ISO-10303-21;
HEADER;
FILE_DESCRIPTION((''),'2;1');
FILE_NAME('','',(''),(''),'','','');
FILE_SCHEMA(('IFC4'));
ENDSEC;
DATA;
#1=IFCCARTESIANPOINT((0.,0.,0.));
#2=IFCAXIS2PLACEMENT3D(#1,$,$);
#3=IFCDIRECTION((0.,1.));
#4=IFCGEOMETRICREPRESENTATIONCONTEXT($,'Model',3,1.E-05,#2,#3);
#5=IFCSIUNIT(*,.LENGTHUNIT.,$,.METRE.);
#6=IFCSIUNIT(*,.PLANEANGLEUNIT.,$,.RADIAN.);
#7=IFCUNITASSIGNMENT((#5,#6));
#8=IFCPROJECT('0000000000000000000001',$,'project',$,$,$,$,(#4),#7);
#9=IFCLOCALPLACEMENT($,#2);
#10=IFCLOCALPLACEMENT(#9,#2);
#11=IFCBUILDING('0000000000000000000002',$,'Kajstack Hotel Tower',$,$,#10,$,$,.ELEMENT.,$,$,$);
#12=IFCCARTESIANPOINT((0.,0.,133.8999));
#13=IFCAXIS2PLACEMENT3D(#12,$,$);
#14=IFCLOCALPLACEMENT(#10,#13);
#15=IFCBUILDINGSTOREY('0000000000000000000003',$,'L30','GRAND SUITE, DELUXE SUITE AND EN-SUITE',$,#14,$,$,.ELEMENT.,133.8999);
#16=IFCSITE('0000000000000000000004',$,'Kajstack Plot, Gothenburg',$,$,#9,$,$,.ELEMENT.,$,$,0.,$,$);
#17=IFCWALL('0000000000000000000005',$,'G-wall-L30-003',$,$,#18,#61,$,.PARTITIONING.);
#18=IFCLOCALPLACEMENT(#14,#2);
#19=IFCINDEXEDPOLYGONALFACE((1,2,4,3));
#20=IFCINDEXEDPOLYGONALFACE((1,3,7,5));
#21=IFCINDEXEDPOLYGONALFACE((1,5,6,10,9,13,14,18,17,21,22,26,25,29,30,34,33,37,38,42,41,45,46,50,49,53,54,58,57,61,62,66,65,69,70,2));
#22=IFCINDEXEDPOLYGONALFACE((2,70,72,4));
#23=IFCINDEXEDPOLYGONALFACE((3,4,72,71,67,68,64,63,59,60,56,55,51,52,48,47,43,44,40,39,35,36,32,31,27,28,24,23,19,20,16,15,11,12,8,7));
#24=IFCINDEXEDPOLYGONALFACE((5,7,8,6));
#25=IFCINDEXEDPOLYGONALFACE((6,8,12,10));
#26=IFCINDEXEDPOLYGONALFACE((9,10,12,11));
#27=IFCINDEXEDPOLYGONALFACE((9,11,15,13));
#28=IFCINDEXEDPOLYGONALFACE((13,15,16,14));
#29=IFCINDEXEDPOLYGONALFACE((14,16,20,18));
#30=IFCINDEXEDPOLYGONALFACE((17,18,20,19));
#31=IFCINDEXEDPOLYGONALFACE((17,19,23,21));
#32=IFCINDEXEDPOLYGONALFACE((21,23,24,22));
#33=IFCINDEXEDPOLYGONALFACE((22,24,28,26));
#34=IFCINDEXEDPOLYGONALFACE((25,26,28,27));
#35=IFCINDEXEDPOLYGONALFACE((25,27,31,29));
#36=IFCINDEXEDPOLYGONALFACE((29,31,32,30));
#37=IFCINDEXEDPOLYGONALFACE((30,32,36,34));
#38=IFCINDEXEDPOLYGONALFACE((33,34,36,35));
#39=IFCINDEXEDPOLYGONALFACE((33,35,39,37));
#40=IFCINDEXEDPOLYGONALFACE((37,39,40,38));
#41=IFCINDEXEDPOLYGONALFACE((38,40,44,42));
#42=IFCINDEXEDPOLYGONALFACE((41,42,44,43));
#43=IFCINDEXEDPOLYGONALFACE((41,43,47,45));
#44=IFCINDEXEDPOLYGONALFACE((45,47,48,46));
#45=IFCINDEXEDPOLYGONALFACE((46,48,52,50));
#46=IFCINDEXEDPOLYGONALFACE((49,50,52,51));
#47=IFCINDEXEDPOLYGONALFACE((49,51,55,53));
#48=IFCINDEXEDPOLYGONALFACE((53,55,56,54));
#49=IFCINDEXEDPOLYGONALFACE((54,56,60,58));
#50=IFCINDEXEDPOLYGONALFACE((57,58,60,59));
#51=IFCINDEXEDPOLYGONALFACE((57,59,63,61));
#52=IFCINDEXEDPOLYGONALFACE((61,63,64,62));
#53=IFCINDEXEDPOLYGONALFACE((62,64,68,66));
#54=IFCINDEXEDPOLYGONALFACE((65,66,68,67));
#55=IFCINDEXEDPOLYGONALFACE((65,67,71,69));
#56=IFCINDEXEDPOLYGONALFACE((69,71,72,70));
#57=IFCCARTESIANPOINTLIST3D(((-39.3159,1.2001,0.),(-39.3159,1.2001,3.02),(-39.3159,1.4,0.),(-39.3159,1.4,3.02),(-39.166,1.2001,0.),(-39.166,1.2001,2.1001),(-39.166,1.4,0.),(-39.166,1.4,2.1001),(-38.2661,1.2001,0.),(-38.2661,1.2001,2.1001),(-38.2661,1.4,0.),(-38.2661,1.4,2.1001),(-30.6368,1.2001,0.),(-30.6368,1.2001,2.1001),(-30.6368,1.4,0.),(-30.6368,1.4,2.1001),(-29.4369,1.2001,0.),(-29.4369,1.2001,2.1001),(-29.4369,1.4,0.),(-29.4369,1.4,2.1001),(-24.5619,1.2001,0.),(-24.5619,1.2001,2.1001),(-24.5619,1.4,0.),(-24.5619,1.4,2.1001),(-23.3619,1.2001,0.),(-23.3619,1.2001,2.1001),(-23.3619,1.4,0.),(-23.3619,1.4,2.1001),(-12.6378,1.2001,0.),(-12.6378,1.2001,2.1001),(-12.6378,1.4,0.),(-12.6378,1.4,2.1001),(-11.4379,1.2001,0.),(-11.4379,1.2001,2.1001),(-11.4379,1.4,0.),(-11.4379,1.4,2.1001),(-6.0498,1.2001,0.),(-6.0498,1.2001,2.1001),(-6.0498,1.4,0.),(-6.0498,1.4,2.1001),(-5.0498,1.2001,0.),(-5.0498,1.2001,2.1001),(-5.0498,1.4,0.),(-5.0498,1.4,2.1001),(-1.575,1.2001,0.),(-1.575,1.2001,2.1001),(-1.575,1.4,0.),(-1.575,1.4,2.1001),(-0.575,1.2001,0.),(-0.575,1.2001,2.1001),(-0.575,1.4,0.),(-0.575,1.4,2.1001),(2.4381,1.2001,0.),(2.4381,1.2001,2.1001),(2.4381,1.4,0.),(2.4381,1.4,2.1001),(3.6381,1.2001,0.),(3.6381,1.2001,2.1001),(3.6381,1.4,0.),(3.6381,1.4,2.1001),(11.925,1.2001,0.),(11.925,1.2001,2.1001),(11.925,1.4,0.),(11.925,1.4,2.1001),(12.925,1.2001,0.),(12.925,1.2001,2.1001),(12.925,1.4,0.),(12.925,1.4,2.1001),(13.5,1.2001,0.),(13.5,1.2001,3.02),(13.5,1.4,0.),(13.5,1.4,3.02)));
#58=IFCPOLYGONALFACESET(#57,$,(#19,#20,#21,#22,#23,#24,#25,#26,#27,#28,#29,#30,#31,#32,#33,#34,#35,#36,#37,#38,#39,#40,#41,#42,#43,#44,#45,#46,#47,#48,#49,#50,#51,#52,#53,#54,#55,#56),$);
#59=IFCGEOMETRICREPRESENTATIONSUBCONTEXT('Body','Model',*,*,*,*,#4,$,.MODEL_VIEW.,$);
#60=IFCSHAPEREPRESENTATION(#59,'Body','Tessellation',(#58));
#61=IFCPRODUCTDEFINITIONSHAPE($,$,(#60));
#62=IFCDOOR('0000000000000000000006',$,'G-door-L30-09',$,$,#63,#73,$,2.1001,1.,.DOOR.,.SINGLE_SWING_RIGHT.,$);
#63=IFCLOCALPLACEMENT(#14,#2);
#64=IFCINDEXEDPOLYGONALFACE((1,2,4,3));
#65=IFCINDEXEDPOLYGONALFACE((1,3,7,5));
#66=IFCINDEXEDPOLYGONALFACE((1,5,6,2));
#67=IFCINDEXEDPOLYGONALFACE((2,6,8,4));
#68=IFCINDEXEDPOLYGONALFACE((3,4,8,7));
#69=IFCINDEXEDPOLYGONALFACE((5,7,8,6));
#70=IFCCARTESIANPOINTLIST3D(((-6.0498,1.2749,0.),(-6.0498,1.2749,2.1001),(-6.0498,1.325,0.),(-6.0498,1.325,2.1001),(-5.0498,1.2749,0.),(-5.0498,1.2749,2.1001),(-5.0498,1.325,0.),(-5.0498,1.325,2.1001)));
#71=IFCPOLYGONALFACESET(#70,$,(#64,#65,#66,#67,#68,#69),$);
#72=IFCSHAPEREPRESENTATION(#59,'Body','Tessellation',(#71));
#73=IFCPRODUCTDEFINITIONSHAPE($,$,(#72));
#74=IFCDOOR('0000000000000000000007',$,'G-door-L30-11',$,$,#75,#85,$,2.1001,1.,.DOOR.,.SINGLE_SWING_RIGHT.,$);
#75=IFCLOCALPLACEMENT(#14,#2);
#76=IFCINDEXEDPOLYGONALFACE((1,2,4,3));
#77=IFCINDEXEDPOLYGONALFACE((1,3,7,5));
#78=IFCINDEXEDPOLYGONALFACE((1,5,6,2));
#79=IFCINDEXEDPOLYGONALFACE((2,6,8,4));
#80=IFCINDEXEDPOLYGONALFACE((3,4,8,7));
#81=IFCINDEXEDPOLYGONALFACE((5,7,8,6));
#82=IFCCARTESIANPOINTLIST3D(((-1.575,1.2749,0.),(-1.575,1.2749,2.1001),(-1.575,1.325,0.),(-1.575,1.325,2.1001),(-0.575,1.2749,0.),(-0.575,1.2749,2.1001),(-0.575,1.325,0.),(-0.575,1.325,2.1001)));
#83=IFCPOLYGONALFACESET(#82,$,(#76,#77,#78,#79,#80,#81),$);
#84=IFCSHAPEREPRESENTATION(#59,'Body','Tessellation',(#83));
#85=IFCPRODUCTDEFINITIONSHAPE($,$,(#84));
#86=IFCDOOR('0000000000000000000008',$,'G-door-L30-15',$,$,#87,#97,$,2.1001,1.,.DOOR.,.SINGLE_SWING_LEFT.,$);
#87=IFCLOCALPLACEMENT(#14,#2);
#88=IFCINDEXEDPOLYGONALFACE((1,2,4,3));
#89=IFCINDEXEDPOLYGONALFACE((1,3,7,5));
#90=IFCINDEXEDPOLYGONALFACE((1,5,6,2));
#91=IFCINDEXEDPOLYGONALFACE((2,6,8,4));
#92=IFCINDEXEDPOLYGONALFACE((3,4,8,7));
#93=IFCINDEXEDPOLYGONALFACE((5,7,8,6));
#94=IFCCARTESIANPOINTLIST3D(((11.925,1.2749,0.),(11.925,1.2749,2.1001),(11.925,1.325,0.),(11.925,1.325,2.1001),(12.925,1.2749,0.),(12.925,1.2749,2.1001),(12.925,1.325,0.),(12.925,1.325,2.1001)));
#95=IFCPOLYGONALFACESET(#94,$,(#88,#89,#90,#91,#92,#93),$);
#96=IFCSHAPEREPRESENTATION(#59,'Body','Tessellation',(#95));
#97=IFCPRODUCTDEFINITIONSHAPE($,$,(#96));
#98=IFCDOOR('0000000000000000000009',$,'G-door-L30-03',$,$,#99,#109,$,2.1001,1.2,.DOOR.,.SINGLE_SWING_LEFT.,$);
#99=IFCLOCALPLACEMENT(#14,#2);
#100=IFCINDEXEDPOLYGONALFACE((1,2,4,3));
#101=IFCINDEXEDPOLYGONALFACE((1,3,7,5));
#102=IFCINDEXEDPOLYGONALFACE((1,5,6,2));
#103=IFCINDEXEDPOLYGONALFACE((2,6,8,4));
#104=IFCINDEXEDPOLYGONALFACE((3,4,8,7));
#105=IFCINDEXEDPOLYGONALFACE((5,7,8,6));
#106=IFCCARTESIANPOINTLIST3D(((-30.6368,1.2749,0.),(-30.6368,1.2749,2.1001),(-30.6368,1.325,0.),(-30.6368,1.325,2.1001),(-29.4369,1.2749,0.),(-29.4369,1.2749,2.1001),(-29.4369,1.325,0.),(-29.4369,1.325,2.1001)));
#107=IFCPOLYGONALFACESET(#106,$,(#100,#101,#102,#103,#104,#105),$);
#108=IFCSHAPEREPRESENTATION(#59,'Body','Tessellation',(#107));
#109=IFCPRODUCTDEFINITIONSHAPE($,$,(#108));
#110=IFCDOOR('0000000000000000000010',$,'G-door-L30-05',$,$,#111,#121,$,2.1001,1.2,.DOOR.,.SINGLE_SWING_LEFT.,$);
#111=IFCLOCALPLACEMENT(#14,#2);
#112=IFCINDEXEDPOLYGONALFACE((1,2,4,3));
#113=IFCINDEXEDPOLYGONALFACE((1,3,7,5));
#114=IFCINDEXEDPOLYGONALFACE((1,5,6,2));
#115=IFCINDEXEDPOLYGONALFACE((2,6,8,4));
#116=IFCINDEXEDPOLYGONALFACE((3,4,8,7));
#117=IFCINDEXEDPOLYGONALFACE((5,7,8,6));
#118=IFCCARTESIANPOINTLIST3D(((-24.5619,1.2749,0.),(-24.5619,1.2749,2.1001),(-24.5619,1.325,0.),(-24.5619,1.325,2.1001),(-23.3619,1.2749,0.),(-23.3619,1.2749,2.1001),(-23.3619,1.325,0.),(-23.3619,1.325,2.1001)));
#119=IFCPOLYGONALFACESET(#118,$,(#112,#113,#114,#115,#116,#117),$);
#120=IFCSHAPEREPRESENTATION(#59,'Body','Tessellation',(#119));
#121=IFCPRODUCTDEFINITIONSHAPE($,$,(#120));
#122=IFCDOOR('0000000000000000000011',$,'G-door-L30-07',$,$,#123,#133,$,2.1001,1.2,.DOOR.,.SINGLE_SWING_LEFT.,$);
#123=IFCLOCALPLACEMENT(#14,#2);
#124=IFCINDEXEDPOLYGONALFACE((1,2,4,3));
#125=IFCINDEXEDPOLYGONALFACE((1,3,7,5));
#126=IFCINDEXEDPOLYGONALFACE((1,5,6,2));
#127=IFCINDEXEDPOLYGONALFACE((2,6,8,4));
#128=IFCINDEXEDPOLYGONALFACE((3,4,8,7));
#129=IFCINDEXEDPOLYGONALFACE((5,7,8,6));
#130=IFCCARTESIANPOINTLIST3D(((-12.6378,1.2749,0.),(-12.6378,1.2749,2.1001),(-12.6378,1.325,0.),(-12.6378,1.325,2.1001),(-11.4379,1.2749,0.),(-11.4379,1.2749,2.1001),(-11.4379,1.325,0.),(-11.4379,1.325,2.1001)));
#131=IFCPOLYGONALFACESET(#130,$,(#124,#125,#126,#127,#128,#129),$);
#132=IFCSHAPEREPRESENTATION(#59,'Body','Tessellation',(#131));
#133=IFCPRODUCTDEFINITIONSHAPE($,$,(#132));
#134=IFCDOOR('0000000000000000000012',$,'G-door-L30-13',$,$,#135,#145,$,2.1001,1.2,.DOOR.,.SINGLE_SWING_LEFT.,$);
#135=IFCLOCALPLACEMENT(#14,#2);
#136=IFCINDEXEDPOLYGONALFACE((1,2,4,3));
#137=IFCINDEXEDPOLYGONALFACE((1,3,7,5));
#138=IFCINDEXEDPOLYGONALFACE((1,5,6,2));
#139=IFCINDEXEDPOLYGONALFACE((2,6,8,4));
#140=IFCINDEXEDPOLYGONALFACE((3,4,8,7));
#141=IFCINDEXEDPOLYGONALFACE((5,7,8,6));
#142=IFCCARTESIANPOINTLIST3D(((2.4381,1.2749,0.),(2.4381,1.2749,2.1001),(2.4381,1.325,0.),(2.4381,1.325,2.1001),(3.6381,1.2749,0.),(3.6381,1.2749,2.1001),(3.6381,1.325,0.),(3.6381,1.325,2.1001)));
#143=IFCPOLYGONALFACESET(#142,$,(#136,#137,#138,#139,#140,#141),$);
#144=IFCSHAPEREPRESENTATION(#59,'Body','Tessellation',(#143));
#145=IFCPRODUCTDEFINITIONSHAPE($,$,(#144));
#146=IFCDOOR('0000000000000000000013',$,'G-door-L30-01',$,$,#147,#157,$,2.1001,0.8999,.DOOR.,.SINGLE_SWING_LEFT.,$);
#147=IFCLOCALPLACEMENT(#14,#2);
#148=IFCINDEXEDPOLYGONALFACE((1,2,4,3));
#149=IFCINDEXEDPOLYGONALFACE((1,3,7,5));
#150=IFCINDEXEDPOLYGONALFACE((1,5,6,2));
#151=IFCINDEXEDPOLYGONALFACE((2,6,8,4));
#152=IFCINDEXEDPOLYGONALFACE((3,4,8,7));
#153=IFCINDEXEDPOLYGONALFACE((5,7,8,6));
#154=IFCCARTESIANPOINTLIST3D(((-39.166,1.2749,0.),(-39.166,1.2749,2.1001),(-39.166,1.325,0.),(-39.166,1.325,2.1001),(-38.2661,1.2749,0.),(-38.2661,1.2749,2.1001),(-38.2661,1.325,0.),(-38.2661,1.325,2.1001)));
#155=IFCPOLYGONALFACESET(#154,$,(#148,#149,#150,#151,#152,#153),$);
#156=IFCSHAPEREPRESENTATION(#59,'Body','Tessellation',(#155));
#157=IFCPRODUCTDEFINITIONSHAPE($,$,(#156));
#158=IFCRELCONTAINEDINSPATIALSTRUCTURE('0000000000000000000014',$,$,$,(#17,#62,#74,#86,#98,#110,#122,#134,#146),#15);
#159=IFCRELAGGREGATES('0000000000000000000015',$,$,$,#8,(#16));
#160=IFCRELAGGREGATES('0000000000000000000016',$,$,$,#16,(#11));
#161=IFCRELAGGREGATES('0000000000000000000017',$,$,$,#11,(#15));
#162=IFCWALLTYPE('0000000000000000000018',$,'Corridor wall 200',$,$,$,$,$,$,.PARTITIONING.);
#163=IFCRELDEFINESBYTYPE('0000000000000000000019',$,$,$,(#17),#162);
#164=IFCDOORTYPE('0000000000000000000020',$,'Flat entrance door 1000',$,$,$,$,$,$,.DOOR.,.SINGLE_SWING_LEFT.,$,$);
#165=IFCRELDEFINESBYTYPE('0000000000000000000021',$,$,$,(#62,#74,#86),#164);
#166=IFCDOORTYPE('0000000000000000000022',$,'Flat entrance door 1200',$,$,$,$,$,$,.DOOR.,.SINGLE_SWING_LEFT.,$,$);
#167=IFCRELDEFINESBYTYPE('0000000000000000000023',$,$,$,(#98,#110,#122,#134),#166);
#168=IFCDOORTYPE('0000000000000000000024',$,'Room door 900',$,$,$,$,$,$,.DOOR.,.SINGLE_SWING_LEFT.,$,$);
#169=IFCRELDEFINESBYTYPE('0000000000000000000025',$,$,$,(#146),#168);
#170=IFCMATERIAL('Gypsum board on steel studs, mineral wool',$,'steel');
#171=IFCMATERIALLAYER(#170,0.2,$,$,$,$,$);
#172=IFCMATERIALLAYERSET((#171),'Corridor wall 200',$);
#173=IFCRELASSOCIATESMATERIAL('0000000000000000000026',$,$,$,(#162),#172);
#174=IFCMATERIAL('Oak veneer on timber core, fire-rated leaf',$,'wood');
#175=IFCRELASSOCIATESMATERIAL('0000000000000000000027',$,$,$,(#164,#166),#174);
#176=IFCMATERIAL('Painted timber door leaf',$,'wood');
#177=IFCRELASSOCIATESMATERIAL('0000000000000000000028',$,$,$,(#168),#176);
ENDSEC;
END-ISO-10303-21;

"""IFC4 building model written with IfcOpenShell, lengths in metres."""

from ifc_helpers import new_model, si_unit, direction, frame, frame_2d, origin, place, context, subcontext, project, spatial, rectangle, extrude, material, layer, layer_set, type_object, element, fill, save


model = new_model("IFC4")

# Units and contexts
model_context = context("Model", 3, precision=1e-05, world=origin(), true_north=direction((0.0, 1.0)))
body_context = subcontext(model_context, "Body", "Model", "MODEL_VIEW")
ifc_project = project(units=[si_unit("LENGTHUNIT", "METRE"), si_unit("PLANEANGLEUNIT", "RADIAN")], contexts=[model_context])

# Site, building, storey
site_placement = place(None, origin())
site = spatial("IfcSite", under=ifc_project, at=site_placement, Name="Kajstack Plot, Gothenburg", CompositionType="ELEMENT", RefElevation=0.0)
building_placement = place(site_placement, origin())
building = spatial("IfcBuilding", under=site, at=building_placement, Name="Kajstack Hotel Tower", CompositionType="ELEMENT")
storey_placement = place(building_placement, frame((0.0, 0.0, 133.8999)))
storey = spatial("IfcBuildingStorey", under=building, at=storey_placement, Name="L30", Description="GRAND SUITE, DELUXE SUITE AND EN-SUITE", CompositionType="ELEMENT", Elevation=133.8999)

# Wall, openings, doors
ifc_material_1 = material(Name="Gypsum board on steel studs, mineral wool", Category="steel")
ifc_layer_1 = layer(ifc_material_1, 0.2)
ifc_layer_set_1 = layer_set([ifc_layer_1], Name="Corridor wall 200")
wall_type_1 = type_object("IfcWallType", Name="Corridor wall 200", PredefinedType="PARTITIONING", material=ifc_layer_set_1)
wall_1_placement = place(storey_placement, frame((-39.3159, 1.3, 0.0), z_axis=(0.0, 0.0, 1.0), x_axis=(1.0, 0.0, 0.0)))
wall_1 = element("IfcWall", 1, at=wall_1_placement, inside=storey, type_object=wall_type_1, Name="G-wall-L30-003", PredefinedType="PARTITIONING", context=body_context, shape_type="SweptSolid", body=[
    extrude(rectangle(XDim=52.8159, YDim=0.2, at=frame_2d((26.408, 0.0))), origin(), (0.0, 0.0, 1.0), 3.02),
])
opening_1_placement = place(wall_1_placement, frame((0.1499, 0.0, 0.0)))
opening_1 = element("IfcOpeningElement", 2, at=opening_1_placement, cuts=wall_1, PredefinedType="OPENING", context=body_context, shape_type="SweptSolid", body=[
    extrude(rectangle(XDim=0.8999, YDim=2.1001, at=frame_2d((0.45, 1.05))), frame((0.0, 0.1099, 0.0), z_axis=(0.0, -1.0, 0.0), x_axis=(1.0, 0.0, 0.0)), (0.0, 0.0, 1.0), 0.22),
])
opening_2_placement = place(wall_1_placement, frame((8.679, 0.0, 0.0)))
opening_2 = element("IfcOpeningElement", 3, at=opening_2_placement, cuts=wall_1, PredefinedType="OPENING", context=body_context, shape_type="SweptSolid", body=[
    extrude(rectangle(XDim=1.2, YDim=2.1001, at=frame_2d((0.6001, 1.05))), frame((0.0, 0.1099, 0.0), z_axis=(0.0, -1.0, 0.0), x_axis=(1.0, 0.0, 0.0)), (0.0, 0.0, 1.0), 0.22),
])
opening_3_placement = place(wall_1_placement, frame((14.7539, 0.0, 0.0)))
opening_3 = element("IfcOpeningElement", 4, at=opening_3_placement, cuts=wall_1, PredefinedType="OPENING", context=body_context, shape_type="SweptSolid", body=[
    extrude(rectangle(XDim=1.2, YDim=2.1001, at=frame_2d((0.6001, 1.05))), frame((0.0, 0.1099, 0.0), z_axis=(0.0, -1.0, 0.0), x_axis=(1.0, 0.0, 0.0)), (0.0, 0.0, 1.0), 0.22),
])
opening_4_placement = place(wall_1_placement, frame((26.678, 0.0, 0.0)))
opening_4 = element("IfcOpeningElement", 5, at=opening_4_placement, cuts=wall_1, PredefinedType="OPENING", context=body_context, shape_type="SweptSolid", body=[
    extrude(rectangle(XDim=1.2, YDim=2.1001, at=frame_2d((0.6001, 1.05))), frame((0.0, 0.1099, 0.0), z_axis=(0.0, -1.0, 0.0), x_axis=(1.0, 0.0, 0.0)), (0.0, 0.0, 1.0), 0.22),
])
opening_5_placement = place(wall_1_placement, frame((33.2661, 0.0, 0.0)))
opening_5 = element("IfcOpeningElement", 6, at=opening_5_placement, cuts=wall_1, PredefinedType="OPENING", context=body_context, shape_type="SweptSolid", body=[
    extrude(rectangle(XDim=1.0, YDim=2.1001, at=frame_2d((0.5, 1.05))), frame((0.0, 0.1099, 0.0), z_axis=(0.0, -1.0, 0.0), x_axis=(1.0, 0.0, 0.0)), (0.0, 0.0, 1.0), 0.22),
])
opening_6_placement = place(wall_1_placement, frame((37.741, 0.0, 0.0)))
opening_6 = element("IfcOpeningElement", 7, at=opening_6_placement, cuts=wall_1, PredefinedType="OPENING", context=body_context, shape_type="SweptSolid", body=[
    extrude(rectangle(XDim=1.0, YDim=2.1001, at=frame_2d((0.5, 1.05))), frame((0.0, 0.1099, 0.0), z_axis=(0.0, -1.0, 0.0), x_axis=(1.0, 0.0, 0.0)), (0.0, 0.0, 1.0), 0.22),
])
opening_7_placement = place(wall_1_placement, frame((41.7539, 0.0, 0.0)))
opening_7 = element("IfcOpeningElement", 8, at=opening_7_placement, cuts=wall_1, PredefinedType="OPENING", context=body_context, shape_type="SweptSolid", body=[
    extrude(rectangle(XDim=1.2, YDim=2.1001, at=frame_2d((0.6001, 1.05))), frame((0.0, 0.1099, 0.0), z_axis=(0.0, -1.0, 0.0), x_axis=(1.0, 0.0, 0.0)), (0.0, 0.0, 1.0), 0.22),
])
opening_8_placement = place(wall_1_placement, frame((51.241, 0.0, 0.0)))
opening_8 = element("IfcOpeningElement", 9, at=opening_8_placement, cuts=wall_1, PredefinedType="OPENING", context=body_context, shape_type="SweptSolid", body=[
    extrude(rectangle(XDim=1.0, YDim=2.1001, at=frame_2d((0.5, 1.05))), frame((0.0, 0.1099, 0.0), z_axis=(0.0, -1.0, 0.0), x_axis=(1.0, 0.0, 0.0)), (0.0, 0.0, 1.0), 0.22),
])
ifc_material_2 = material(Name="Oak veneer on timber core, fire-rated leaf", Category="wood")
door_type_1 = type_object("IfcDoorType", Name="Flat entrance door 1000", OperationType="SINGLE_SWING_LEFT", PredefinedType="DOOR", material=ifc_material_2)
door_1_placement = place(opening_5_placement, origin())
door_1 = element("IfcDoor", 10, at=door_1_placement, inside=storey, type_object=door_type_1, Name="G-door-L30-09", OperationType="SINGLE_SWING_RIGHT", OverallHeight=2.1001, OverallWidth=1.0, PredefinedType="DOOR", context=body_context, shape_type="SweptSolid", body=[
    extrude(rectangle(XDim=1.0, YDim=2.1001, at=frame_2d((0.5, 1.05))), frame((0.0, 0.0249, 0.0), z_axis=(0.0, -1.0, 0.0), x_axis=(1.0, 0.0, 0.0)), (0.0, 0.0, 1.0), 0.05),
])
fill(opening_5, door_1)
door_2_placement = place(opening_6_placement, origin())
door_2 = element("IfcDoor", 11, at=door_2_placement, inside=storey, type_object=door_type_1, Name="G-door-L30-11", OperationType="SINGLE_SWING_RIGHT", OverallHeight=2.1001, OverallWidth=1.0, PredefinedType="DOOR", context=body_context, shape_type="SweptSolid", body=[
    extrude(rectangle(XDim=1.0, YDim=2.1001, at=frame_2d((0.5, 1.05))), frame((0.0, 0.0249, 0.0), z_axis=(0.0, -1.0, 0.0), x_axis=(1.0, 0.0, 0.0)), (0.0, 0.0, 1.0), 0.05),
])
fill(opening_6, door_2)
door_3_placement = place(opening_8_placement, origin())
door_3 = element("IfcDoor", 12, at=door_3_placement, inside=storey, type_object=door_type_1, Name="G-door-L30-15", OperationType="SINGLE_SWING_LEFT", OverallHeight=2.1001, OverallWidth=1.0, PredefinedType="DOOR", context=body_context, shape_type="SweptSolid", body=[
    extrude(rectangle(XDim=1.0, YDim=2.1001, at=frame_2d((0.5, 1.05))), frame((0.0, 0.0249, 0.0), z_axis=(0.0, -1.0, 0.0), x_axis=(1.0, 0.0, 0.0)), (0.0, 0.0, 1.0), 0.05),
])
fill(opening_8, door_3)
door_type_2 = type_object("IfcDoorType", Name="Flat entrance door 1200", OperationType="SINGLE_SWING_LEFT", PredefinedType="DOOR", material=ifc_material_2)
door_4_placement = place(opening_2_placement, origin())
door_4 = element("IfcDoor", 13, at=door_4_placement, inside=storey, type_object=door_type_2, Name="G-door-L30-03", OperationType="SINGLE_SWING_LEFT", OverallHeight=2.1001, OverallWidth=1.2, PredefinedType="DOOR", context=body_context, shape_type="SweptSolid", body=[
    extrude(rectangle(XDim=1.2, YDim=2.1001, at=frame_2d((0.6001, 1.05))), frame((0.0, 0.0249, 0.0), z_axis=(0.0, -1.0, 0.0), x_axis=(1.0, 0.0, 0.0)), (0.0, 0.0, 1.0), 0.05),
])
fill(opening_2, door_4)
door_5_placement = place(opening_3_placement, origin())
door_5 = element("IfcDoor", 14, at=door_5_placement, inside=storey, type_object=door_type_2, Name="G-door-L30-05", OperationType="SINGLE_SWING_LEFT", OverallHeight=2.1001, OverallWidth=1.2, PredefinedType="DOOR", context=body_context, shape_type="SweptSolid", body=[
    extrude(rectangle(XDim=1.2, YDim=2.1001, at=frame_2d((0.6001, 1.05))), frame((0.0, 0.0249, 0.0), z_axis=(0.0, -1.0, 0.0), x_axis=(1.0, 0.0, 0.0)), (0.0, 0.0, 1.0), 0.05),
])
fill(opening_3, door_5)
door_6_placement = place(opening_4_placement, origin())
door_6 = element("IfcDoor", 15, at=door_6_placement, inside=storey, type_object=door_type_2, Name="G-door-L30-07", OperationType="SINGLE_SWING_LEFT", OverallHeight=2.1001, OverallWidth=1.2, PredefinedType="DOOR", context=body_context, shape_type="SweptSolid", body=[
    extrude(rectangle(XDim=1.2, YDim=2.1001, at=frame_2d((0.6001, 1.05))), frame((0.0, 0.0249, 0.0), z_axis=(0.0, -1.0, 0.0), x_axis=(1.0, 0.0, 0.0)), (0.0, 0.0, 1.0), 0.05),
])
fill(opening_4, door_6)
door_7_placement = place(opening_7_placement, origin())
door_7 = element("IfcDoor", 16, at=door_7_placement, inside=storey, type_object=door_type_2, Name="G-door-L30-13", OperationType="SINGLE_SWING_LEFT", OverallHeight=2.1001, OverallWidth=1.2, PredefinedType="DOOR", context=body_context, shape_type="SweptSolid", body=[
    extrude(rectangle(XDim=1.2, YDim=2.1001, at=frame_2d((0.6001, 1.05))), frame((0.0, 0.0249, 0.0), z_axis=(0.0, -1.0, 0.0), x_axis=(1.0, 0.0, 0.0)), (0.0, 0.0, 1.0), 0.05),
])
fill(opening_7, door_7)
ifc_material_3 = material(Name="Painted timber door leaf", Category="wood")
door_type_3 = type_object("IfcDoorType", Name="Room door 900", OperationType="SINGLE_SWING_LEFT", PredefinedType="DOOR", material=ifc_material_3)
door_8_placement = place(opening_1_placement, origin())
door_8 = element("IfcDoor", 17, at=door_8_placement, inside=storey, type_object=door_type_3, Name="G-door-L30-01", OperationType="SINGLE_SWING_LEFT", OverallHeight=2.1001, OverallWidth=0.8999, PredefinedType="DOOR", context=body_context, shape_type="SweptSolid", body=[
    extrude(rectangle(XDim=0.8999, YDim=2.1001, at=frame_2d((0.45, 1.05))), frame((0.0, 0.0249, 0.0), z_axis=(0.0, -1.0, 0.0), x_axis=(1.0, 0.0, 0.0)), (0.0, 0.0, 1.0), 0.05),
])
fill(opening_1, door_8)

save(model, "model.ifc")
